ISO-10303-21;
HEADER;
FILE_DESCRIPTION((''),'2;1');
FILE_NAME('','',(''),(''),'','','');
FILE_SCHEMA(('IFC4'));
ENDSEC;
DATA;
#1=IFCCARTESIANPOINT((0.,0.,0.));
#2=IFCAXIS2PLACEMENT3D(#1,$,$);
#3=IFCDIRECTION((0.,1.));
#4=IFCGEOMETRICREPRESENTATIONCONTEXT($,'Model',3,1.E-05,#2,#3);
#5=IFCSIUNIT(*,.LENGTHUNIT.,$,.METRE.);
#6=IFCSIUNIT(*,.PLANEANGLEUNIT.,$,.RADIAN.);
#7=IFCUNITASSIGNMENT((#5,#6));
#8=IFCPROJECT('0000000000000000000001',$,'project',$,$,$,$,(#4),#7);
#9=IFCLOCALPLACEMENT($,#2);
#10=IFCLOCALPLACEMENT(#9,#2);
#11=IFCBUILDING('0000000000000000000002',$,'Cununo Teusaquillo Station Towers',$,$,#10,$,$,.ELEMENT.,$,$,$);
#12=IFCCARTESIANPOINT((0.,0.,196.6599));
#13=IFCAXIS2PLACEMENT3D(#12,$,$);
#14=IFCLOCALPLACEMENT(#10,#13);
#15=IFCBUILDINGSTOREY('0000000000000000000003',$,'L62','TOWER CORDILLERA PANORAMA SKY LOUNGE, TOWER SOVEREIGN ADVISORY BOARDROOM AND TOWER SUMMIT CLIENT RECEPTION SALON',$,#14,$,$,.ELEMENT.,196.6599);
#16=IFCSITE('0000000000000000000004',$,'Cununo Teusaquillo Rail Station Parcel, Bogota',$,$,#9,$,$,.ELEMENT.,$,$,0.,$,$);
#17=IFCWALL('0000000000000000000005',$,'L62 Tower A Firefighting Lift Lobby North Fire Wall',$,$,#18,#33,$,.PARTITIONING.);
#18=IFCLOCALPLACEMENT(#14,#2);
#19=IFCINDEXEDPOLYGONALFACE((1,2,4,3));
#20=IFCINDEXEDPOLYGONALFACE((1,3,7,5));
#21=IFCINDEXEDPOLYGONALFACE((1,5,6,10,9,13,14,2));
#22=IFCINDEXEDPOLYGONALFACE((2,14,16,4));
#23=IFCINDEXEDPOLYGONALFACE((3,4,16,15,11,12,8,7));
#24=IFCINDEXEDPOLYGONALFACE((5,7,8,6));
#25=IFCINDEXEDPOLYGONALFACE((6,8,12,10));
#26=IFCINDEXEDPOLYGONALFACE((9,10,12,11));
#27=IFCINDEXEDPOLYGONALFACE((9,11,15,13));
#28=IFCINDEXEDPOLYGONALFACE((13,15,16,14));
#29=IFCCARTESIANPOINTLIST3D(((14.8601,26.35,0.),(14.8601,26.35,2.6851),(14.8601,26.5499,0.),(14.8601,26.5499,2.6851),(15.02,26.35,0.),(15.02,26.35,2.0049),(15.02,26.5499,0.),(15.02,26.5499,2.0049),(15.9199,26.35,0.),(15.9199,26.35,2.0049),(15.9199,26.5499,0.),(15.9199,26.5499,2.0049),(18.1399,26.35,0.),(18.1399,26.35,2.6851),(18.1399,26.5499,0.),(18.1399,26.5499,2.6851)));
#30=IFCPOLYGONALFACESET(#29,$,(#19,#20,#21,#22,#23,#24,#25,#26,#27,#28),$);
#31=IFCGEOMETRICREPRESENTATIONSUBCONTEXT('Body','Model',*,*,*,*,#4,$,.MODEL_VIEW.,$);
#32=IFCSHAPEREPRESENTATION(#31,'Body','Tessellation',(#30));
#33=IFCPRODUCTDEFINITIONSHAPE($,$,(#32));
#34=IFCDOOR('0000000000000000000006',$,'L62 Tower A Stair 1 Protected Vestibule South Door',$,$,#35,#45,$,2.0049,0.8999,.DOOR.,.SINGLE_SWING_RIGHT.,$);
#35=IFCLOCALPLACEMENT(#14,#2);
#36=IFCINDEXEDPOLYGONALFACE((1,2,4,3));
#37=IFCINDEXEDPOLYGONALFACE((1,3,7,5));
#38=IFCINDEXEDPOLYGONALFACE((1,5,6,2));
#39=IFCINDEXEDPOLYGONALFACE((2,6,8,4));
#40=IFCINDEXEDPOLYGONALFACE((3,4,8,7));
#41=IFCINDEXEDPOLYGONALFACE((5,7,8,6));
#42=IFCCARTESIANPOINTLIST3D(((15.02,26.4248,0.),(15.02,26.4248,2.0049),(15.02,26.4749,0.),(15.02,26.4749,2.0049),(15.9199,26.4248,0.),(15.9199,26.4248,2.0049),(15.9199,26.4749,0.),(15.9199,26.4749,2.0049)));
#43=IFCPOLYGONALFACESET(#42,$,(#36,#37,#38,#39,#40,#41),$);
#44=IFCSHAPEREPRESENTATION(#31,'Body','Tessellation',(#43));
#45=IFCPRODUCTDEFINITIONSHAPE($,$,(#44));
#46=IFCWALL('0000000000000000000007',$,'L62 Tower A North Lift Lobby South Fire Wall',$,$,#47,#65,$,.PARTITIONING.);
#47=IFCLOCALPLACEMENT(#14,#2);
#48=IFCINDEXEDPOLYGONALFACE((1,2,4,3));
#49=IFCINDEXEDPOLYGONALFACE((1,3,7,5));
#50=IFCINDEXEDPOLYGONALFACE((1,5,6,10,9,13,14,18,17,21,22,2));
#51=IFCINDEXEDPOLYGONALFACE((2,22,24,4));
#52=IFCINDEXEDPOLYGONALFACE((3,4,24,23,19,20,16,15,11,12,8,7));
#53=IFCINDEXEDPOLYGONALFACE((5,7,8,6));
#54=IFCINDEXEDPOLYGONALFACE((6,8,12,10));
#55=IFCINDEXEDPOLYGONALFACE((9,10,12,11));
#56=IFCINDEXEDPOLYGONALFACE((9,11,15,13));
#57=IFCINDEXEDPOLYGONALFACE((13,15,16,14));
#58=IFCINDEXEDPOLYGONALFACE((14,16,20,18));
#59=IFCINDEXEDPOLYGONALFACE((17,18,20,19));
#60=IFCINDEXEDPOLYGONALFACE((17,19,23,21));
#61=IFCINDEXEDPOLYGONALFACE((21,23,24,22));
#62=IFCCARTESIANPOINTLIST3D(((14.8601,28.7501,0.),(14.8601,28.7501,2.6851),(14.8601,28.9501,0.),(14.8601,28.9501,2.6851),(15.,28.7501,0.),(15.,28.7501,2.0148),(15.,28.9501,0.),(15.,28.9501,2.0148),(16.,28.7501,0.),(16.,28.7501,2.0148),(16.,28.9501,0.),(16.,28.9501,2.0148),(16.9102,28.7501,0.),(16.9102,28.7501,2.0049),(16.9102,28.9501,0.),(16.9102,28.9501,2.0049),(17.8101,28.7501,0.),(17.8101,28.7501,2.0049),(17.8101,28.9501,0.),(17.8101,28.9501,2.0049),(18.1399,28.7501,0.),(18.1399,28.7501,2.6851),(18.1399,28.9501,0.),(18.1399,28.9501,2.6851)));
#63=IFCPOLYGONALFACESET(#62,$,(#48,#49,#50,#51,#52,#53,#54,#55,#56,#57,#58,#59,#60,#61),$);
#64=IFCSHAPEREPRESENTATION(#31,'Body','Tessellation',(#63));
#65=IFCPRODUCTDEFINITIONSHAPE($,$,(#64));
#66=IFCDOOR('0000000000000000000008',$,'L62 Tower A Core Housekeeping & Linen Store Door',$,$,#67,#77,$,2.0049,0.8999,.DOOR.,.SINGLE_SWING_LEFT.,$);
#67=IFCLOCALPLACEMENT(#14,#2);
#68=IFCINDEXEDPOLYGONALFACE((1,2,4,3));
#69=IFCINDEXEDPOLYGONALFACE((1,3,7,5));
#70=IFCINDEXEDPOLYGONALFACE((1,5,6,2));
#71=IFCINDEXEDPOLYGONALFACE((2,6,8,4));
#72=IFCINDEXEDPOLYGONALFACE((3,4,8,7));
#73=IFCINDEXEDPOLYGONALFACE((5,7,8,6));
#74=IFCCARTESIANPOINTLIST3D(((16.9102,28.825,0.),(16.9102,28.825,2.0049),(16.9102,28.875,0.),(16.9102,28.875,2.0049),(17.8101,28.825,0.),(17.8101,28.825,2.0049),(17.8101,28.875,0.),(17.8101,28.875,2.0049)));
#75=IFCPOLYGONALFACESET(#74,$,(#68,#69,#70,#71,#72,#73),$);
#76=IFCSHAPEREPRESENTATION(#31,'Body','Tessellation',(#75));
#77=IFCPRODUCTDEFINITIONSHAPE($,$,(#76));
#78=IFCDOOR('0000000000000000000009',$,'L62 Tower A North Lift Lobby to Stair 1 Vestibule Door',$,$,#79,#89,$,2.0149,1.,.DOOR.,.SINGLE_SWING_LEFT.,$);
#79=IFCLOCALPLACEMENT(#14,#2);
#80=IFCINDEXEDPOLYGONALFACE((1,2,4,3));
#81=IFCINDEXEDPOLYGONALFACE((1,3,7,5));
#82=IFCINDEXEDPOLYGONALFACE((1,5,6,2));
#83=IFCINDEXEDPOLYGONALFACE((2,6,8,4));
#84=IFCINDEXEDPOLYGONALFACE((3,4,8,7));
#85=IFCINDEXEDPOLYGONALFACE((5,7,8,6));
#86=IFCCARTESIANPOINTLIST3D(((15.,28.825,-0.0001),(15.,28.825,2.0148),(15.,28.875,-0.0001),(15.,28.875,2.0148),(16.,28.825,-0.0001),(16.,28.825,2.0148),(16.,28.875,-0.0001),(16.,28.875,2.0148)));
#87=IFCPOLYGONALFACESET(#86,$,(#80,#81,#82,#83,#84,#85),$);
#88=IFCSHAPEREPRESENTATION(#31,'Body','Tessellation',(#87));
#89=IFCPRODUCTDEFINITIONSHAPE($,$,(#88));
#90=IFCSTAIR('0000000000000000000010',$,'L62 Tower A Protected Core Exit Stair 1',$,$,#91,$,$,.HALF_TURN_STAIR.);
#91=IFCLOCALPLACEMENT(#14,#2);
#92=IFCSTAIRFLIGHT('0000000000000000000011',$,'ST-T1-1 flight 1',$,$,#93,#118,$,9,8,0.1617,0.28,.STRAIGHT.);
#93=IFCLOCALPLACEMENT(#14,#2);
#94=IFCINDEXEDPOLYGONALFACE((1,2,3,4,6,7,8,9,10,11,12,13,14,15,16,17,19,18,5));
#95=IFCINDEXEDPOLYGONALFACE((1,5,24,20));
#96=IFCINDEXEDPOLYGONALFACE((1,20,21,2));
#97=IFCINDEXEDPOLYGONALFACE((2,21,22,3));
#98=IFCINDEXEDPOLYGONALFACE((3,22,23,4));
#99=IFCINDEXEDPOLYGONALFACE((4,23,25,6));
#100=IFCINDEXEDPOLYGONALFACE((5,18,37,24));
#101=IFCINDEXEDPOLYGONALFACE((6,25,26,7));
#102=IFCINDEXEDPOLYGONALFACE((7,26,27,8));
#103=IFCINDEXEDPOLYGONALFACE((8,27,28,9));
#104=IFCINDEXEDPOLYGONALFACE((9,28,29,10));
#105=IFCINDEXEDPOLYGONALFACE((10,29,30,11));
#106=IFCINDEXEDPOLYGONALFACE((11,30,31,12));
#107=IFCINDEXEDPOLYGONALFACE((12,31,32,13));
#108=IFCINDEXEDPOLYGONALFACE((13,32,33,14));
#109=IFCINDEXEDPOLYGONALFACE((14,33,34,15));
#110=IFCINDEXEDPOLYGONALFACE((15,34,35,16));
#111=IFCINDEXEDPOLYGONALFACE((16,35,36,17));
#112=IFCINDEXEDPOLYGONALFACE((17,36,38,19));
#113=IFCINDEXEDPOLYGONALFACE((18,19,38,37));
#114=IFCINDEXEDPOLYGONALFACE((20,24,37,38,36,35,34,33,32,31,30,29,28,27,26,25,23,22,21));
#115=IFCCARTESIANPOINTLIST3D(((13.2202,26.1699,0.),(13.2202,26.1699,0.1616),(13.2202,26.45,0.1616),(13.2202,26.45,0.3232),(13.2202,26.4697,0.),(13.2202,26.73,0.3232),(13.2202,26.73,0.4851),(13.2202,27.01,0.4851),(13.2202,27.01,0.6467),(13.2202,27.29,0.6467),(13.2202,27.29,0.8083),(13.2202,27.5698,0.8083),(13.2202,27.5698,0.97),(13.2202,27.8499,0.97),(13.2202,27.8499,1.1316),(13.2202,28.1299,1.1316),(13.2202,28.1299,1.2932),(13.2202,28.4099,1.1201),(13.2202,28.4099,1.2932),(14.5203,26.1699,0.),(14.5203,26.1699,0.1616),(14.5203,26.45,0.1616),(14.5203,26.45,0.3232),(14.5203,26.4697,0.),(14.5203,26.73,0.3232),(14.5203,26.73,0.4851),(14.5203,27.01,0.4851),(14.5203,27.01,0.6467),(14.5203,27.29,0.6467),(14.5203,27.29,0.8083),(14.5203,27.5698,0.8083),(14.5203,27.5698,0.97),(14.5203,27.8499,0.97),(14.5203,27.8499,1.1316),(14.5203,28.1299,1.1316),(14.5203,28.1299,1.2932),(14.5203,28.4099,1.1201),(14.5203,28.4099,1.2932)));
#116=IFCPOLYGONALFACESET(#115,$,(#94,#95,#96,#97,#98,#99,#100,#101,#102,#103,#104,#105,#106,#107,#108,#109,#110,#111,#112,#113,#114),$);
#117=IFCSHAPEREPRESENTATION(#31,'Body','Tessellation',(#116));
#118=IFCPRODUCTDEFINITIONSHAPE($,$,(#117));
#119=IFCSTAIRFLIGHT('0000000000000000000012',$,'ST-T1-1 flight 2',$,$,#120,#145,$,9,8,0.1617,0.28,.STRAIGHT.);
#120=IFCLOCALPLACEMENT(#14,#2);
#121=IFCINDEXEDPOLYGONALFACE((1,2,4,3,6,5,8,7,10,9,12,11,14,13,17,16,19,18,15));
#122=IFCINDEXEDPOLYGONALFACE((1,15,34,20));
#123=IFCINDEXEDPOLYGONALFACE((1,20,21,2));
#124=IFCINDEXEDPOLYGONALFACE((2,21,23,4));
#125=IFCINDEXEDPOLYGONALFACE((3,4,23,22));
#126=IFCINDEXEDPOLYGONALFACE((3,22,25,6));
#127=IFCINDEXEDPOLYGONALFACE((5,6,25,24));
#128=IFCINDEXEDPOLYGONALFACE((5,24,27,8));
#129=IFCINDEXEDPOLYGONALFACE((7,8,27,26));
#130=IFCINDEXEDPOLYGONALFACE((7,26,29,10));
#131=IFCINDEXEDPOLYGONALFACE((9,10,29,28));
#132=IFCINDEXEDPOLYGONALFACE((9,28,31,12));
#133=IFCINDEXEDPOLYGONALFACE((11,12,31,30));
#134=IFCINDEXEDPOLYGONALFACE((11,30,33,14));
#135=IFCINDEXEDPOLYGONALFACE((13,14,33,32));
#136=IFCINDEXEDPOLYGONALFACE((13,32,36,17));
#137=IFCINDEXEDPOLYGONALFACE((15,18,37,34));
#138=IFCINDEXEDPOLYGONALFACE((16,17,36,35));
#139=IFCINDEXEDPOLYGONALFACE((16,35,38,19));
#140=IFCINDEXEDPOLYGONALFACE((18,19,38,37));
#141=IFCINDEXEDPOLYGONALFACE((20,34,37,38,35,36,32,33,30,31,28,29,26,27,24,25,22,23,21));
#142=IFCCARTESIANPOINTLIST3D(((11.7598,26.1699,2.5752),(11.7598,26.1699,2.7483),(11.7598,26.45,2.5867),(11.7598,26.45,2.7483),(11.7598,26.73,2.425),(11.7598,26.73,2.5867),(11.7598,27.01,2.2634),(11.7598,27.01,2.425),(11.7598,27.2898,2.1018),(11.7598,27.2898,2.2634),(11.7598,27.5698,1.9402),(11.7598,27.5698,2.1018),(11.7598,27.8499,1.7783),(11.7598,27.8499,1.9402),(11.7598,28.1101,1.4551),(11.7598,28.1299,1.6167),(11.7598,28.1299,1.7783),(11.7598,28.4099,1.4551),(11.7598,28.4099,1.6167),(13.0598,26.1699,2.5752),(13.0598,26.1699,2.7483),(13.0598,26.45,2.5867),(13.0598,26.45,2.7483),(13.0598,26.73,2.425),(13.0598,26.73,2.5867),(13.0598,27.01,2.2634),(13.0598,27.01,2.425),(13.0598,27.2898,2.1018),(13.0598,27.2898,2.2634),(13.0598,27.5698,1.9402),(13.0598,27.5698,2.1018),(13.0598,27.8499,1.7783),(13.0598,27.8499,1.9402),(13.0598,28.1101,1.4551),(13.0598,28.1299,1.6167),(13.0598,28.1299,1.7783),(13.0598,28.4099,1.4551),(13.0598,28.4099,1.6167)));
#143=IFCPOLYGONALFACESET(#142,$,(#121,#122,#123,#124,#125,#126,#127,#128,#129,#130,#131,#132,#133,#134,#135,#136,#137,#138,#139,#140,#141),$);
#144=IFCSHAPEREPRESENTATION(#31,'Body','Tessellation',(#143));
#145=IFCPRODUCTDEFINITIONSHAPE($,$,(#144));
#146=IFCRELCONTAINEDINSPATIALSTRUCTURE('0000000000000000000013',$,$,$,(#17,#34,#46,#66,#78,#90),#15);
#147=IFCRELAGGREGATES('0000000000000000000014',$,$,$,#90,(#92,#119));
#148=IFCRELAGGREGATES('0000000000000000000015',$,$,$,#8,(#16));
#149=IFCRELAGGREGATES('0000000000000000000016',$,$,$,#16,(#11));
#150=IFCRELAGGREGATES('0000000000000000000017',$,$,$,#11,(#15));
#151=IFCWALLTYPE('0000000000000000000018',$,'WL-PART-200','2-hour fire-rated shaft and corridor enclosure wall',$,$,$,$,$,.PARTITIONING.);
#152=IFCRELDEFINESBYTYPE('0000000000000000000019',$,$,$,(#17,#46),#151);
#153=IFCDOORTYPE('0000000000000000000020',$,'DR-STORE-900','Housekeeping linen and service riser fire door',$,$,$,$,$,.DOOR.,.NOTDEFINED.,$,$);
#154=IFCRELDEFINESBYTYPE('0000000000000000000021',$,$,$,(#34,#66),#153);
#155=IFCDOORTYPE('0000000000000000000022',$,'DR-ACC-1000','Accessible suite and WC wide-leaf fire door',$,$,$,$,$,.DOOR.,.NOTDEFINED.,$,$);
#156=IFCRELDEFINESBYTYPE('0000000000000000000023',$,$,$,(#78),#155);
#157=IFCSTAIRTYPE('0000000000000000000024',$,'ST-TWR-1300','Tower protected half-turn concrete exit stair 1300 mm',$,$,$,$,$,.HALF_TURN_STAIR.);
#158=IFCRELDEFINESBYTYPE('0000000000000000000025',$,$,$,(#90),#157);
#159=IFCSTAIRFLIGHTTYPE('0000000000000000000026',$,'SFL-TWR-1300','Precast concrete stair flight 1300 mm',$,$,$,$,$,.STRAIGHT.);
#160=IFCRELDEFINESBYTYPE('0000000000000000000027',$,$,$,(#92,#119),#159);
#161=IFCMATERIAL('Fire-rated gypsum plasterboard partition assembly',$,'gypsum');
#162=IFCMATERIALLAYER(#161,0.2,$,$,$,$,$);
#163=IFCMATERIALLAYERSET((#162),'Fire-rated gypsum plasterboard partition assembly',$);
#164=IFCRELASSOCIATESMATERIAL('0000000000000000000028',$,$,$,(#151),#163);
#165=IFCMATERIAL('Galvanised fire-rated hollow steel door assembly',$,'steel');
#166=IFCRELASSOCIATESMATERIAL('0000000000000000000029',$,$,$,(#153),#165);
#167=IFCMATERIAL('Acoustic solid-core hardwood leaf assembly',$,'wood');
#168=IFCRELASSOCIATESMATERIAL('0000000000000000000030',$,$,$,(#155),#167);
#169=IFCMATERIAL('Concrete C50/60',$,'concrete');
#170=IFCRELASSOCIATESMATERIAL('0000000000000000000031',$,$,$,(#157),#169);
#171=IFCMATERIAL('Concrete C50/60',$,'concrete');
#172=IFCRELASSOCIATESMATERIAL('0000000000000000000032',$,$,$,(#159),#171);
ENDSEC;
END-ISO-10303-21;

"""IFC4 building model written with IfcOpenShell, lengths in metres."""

from ifc_helpers import new_model, si_unit, direction, frame, frame_2d, origin, place, context, subcontext, project, spatial, polyline, rectangle, outline, extrude, source, transform, mapped, material, layer, layer_set, type_object, element, fill, aggregate, save


model = new_model("IFC4")

# Units and contexts
model_context = context("Model", 3, precision=1e-05, world=origin(), true_north=direction((0.0, 1.0)))
body_context = subcontext(model_context, "Body", "Model", "MODEL_VIEW")
ifc_project = project(units=[si_unit("LENGTHUNIT", "METRE"), si_unit("PLANEANGLEUNIT", "RADIAN")], contexts=[model_context])

# Site, building, storey
site_placement = place(None, origin())
site = spatial("IfcSite", under=ifc_project, at=site_placement, Name="Cununo Teusaquillo Rail Station Parcel, Bogota", CompositionType="ELEMENT", RefElevation=0.0)
building_placement = place(site_placement, origin())
building = spatial("IfcBuilding", under=site, at=building_placement, Name="Cununo Teusaquillo Station Towers", CompositionType="ELEMENT")
storey_placement = place(building_placement, frame((0.0, 0.0, 196.6599)))
storey = spatial("IfcBuildingStorey", under=building, at=storey_placement, Name="L62", Description="TOWER CORDILLERA PANORAMA SKY LOUNGE, TOWER SOVEREIGN ADVISORY BOARDROOM AND TOWER SUMMIT CLIENT RECEPTION SALON", CompositionType="ELEMENT", Elevation=196.6599)

# Wall, opening, door
ifc_material_1 = material(Name="Fire-rated gypsum plasterboard partition assembly", Category="gypsum")
ifc_layer_1 = layer(ifc_material_1, 0.2)
ifc_layer_set_1 = layer_set([ifc_layer_1], Name="Fire-rated gypsum plasterboard partition assembly")
wall_type_1 = type_object("IfcWallType", Name="WL-PART-200", Description="2-hour fire-rated shaft and corridor enclosure wall", PredefinedType="PARTITIONING", material=ifc_layer_set_1)
wall_1_placement = place(storey_placement, frame((14.8601, 26.45, 0.0), z_axis=(0.0, 0.0, 1.0), x_axis=(1.0, 0.0, 0.0)))
wall_1 = element("IfcWall", 1, at=wall_1_placement, inside=storey, type_object=wall_type_1, Name="L62 Tower A Firefighting Lift Lobby North Fire Wall", PredefinedType="PARTITIONING", context=body_context, shape_type="SweptSolid", body=[
    extrude(rectangle(XDim=3.2798, YDim=0.2, at=frame_2d((1.6399, 0.0))), origin(), (0.0, 0.0, 1.0), 2.6851),
])
shared_shape_1 = source(origin(), body_context, "Body", "SweptSolid", [
    extrude(rectangle(XDim=0.8999, YDim=2.0049, at=frame_2d((0.45, 1.0024))), frame((0.0, 0.1099, 0.0), z_axis=(0.0, -1.0, 0.0), x_axis=(1.0, 0.0, 0.0)), (0.0, 0.0, 1.0), 0.22),
])
opening_1_placement = place(wall_1_placement, frame((0.1599, 0.0, 0.0)))
opening_1 = element("IfcOpeningElement", 2, at=opening_1_placement, cuts=wall_1, PredefinedType="OPENING", context=body_context, shape_type="MappedRepresentation", body=[
    mapped(shared_shape_1, transform((0.0, 0.0, 0.0), x_axis=(1.0, 0.0, 0.0), y_axis=(0.0, 1.0, 0.0), z_axis=(0.0, 0.0, 1.0), scale=1.0)),
])
ifc_material_2 = material(Name="Galvanised fire-rated hollow steel door assembly", Category="steel")
door_type_1 = type_object("IfcDoorType", Name="DR-STORE-900", Description="Housekeeping linen and service riser fire door", OperationType="NOTDEFINED", PredefinedType="DOOR", material=ifc_material_2)
shared_shape_2 = source(origin(), body_context, "Body", "SweptSolid", [
    extrude(rectangle(XDim=0.8999, YDim=2.0049, at=frame_2d((0.45, 1.0024))), frame((0.0, 0.0249, 0.0), z_axis=(0.0, -1.0, 0.0), x_axis=(1.0, 0.0, 0.0)), (0.0, 0.0, 1.0), 0.05),
])
door_1_placement = place(opening_1_placement, origin())
door_1 = element("IfcDoor", 3, at=door_1_placement, inside=storey, type_object=door_type_1, Name="L62 Tower A Stair 1 Protected Vestibule South Door", OperationType="SINGLE_SWING_RIGHT", OverallHeight=2.0049, OverallWidth=0.8999, PredefinedType="DOOR", context=body_context, shape_type="MappedRepresentation", body=[
    mapped(shared_shape_2, transform((0.0, 0.0, 0.0), x_axis=(1.0, 0.0, 0.0), y_axis=(0.0, 1.0, 0.0), z_axis=(0.0, 0.0, 1.0), scale=1.0)),
])
fill(opening_1, door_1)

# Wall, openings, doors
wall_2_placement = place(storey_placement, frame((14.8601, 28.8501, 0.0), z_axis=(0.0, 0.0, 1.0), x_axis=(1.0, 0.0, 0.0)))
wall_2 = element("IfcWall", 4, at=wall_2_placement, inside=storey, type_object=wall_type_1, Name="L62 Tower A North Lift Lobby South Fire Wall", PredefinedType="PARTITIONING", context=body_context, shape_type="SweptSolid", body=[
    extrude(rectangle(XDim=3.2798, YDim=0.2, at=frame_2d((1.6399, 0.0))), origin(), (0.0, 0.0, 1.0), 2.6851),
])
shared_shape_3 = source(origin(), body_context, "Body", "SweptSolid", [
    extrude(rectangle(XDim=1.0, YDim=2.0149, at=frame_2d((0.5, 1.0073))), frame((0.0, 0.1099, 0.0), z_axis=(0.0, -1.0, 0.0), x_axis=(1.0, 0.0, 0.0)), (0.0, 0.0, 1.0), 0.22),
])
opening_2_placement = place(wall_2_placement, frame((0.1399, 0.0, 0.0)))
opening_2 = element("IfcOpeningElement", 5, at=opening_2_placement, cuts=wall_2, PredefinedType="OPENING", context=body_context, shape_type="MappedRepresentation", body=[
    mapped(shared_shape_3, transform((0.0, 0.0, 0.0), x_axis=(1.0, 0.0, 0.0), y_axis=(0.0, 1.0, 0.0), z_axis=(0.0, 0.0, 1.0), scale=1.0)),
])
opening_3_placement = place(wall_2_placement, frame((2.05, 0.0, 0.0)))
opening_3 = element("IfcOpeningElement", 6, at=opening_3_placement, cuts=wall_2, PredefinedType="OPENING", context=body_context, shape_type="MappedRepresentation", body=[
    mapped(shared_shape_1, transform((0.0, 0.0, 0.0), x_axis=(1.0, 0.0, 0.0), y_axis=(0.0, 1.0, 0.0), z_axis=(0.0, 0.0, 1.0), scale=1.0)),
])
door_2_placement = place(opening_3_placement, origin())
door_2 = element("IfcDoor", 7, at=door_2_placement, inside=storey, type_object=door_type_1, Name="L62 Tower A Core Housekeeping & Linen Store Door", OperationType="SINGLE_SWING_LEFT", OverallHeight=2.0049, OverallWidth=0.8999, PredefinedType="DOOR", context=body_context, shape_type="MappedRepresentation", body=[
    mapped(shared_shape_2, transform((0.0, 0.0, 0.0), x_axis=(1.0, 0.0, 0.0), y_axis=(0.0, 1.0, 0.0), z_axis=(0.0, 0.0, 1.0), scale=1.0)),
])
fill(opening_3, door_2)
ifc_material_3 = material(Name="Acoustic solid-core hardwood leaf assembly", Category="wood")
door_type_2 = type_object("IfcDoorType", Name="DR-ACC-1000", Description="Accessible suite and WC wide-leaf fire door", OperationType="NOTDEFINED", PredefinedType="DOOR", material=ifc_material_3)
shared_shape_4 = source(origin(), body_context, "Body", "SweptSolid", [
    extrude(rectangle(XDim=1.0, YDim=2.0149, at=frame_2d((0.5, 1.0073))), frame((0.0, 0.0249, 0.0), z_axis=(0.0, -1.0, 0.0), x_axis=(1.0, 0.0, 0.0)), (0.0, 0.0, 1.0), 0.05),
])
door_3_placement = place(opening_2_placement, origin())
door_3 = element("IfcDoor", 8, at=door_3_placement, inside=storey, type_object=door_type_2, Name="L62 Tower A North Lift Lobby to Stair 1 Vestibule Door", OperationType="SINGLE_SWING_LEFT", OverallHeight=2.0149, OverallWidth=1.0, PredefinedType="DOOR", context=body_context, shape_type="MappedRepresentation", body=[
    mapped(shared_shape_4, transform((0.0, 0.0, 0.0), x_axis=(1.0, 0.0, 0.0), y_axis=(0.0, 1.0, 0.0), z_axis=(0.0, 0.0, 1.0), scale=1.0)),
])
fill(opening_2, door_3)

# Stair, stair flights
ifc_material_4 = material(Name="Concrete C50/60", Category="concrete")
stair_type = type_object("IfcStairType", Name="ST-TWR-1300", Description="Tower protected half-turn concrete exit stair 1300 mm", PredefinedType="HALF_TURN_STAIR", material=ifc_material_4)
stair_placement = place(storey_placement, origin())
stair = element("IfcStair", 9, at=stair_placement, inside=storey, type_object=stair_type, Name="L62 Tower A Protected Core Exit Stair 1", PredefinedType="HALF_TURN_STAIR")
ifc_material_5 = material(Name="Concrete C50/60", Category="concrete")
stair_flight_type = type_object("IfcStairFlightType", Name="SFL-TWR-1300", Description="Precast concrete stair flight 1300 mm", PredefinedType="STRAIGHT", material=ifc_material_5)
stair_flight_1_placement = place(storey_placement, frame((13.8701, 26.1699, 0.0), z_axis=(0.0, 0.0, 1.0), x_axis=(0.0, 1.0, 0.0)))
stair_flight_1 = element("IfcStairFlight", 10, at=stair_flight_1_placement, type_object=stair_flight_type, Name="ST-T1-1 flight 1", NumberOfRisers=9, NumberOfTreads=8, PredefinedType="STRAIGHT", RiserHeight=0.1617, TreadLength=0.28, context=body_context, shape_type="SweptSolid", body=[
    extrude(outline(polyline([(0.0, 0.0), (0.0, 0.1616), (0.28, 0.1616), (0.28, 0.3232), (0.5601, 0.3232), (0.5601, 0.4851), (0.8401, 0.4851), (0.8401, 0.6467), (1.1201, 0.6467), (1.1201, 0.8083), (1.3999, 0.8083), (1.3999, 0.97), (1.6799, 0.97), (1.6799, 1.1316), (1.96, 1.1316), (1.96, 1.2932), (2.24, 1.2932), (2.24, 1.4551), (2.24, 1.1201), (0.2998, 0.0), (0.0, 0.0)])), frame((0.0, 0.6499, 0.0), z_axis=(0.0, -1.0, 0.0), x_axis=(1.0, 0.0, 0.0)), (0.0, 0.0, 1.0), 1.3),
])
stair_flight_2_placement = place(storey_placement, frame((12.4099, 28.4099, 1.4551), z_axis=(0.0, 0.0, 1.0), x_axis=(0.0, -1.0, 0.0)))
stair_flight_2 = element("IfcStairFlight", 11, at=stair_flight_2_placement, type_object=stair_flight_type, Name="ST-T1-1 flight 2", NumberOfRisers=9, NumberOfTreads=8, PredefinedType="STRAIGHT", RiserHeight=0.1617, TreadLength=0.28, context=body_context, shape_type="SweptSolid", body=[
    extrude(outline(polyline([(0.0, 0.0), (0.0, 0.1616), (0.28, 0.1616), (0.28, 0.3232), (0.5601, 0.3232), (0.5601, 0.4851), (0.8401, 0.4851), (0.8401, 0.6467), (1.1201, 0.6467), (1.1201, 0.8083), (1.3999, 0.8083), (1.3999, 0.97), (1.6799, 0.97), (1.6799, 1.1316), (1.96, 1.1316), (1.96, 1.2932), (2.24, 1.2932), (2.24, 1.4551), (2.24, 1.1201), (0.2998, 0.0), (0.0, 0.0)])), frame((0.0, 0.6499, 0.0), z_axis=(0.0, -1.0, 0.0), x_axis=(1.0, 0.0, 0.0)), (0.0, 0.0, 1.0), 1.3),
])
aggregate(stair, [stair_flight_1, stair_flight_2])

save(model, "model.ifc")
